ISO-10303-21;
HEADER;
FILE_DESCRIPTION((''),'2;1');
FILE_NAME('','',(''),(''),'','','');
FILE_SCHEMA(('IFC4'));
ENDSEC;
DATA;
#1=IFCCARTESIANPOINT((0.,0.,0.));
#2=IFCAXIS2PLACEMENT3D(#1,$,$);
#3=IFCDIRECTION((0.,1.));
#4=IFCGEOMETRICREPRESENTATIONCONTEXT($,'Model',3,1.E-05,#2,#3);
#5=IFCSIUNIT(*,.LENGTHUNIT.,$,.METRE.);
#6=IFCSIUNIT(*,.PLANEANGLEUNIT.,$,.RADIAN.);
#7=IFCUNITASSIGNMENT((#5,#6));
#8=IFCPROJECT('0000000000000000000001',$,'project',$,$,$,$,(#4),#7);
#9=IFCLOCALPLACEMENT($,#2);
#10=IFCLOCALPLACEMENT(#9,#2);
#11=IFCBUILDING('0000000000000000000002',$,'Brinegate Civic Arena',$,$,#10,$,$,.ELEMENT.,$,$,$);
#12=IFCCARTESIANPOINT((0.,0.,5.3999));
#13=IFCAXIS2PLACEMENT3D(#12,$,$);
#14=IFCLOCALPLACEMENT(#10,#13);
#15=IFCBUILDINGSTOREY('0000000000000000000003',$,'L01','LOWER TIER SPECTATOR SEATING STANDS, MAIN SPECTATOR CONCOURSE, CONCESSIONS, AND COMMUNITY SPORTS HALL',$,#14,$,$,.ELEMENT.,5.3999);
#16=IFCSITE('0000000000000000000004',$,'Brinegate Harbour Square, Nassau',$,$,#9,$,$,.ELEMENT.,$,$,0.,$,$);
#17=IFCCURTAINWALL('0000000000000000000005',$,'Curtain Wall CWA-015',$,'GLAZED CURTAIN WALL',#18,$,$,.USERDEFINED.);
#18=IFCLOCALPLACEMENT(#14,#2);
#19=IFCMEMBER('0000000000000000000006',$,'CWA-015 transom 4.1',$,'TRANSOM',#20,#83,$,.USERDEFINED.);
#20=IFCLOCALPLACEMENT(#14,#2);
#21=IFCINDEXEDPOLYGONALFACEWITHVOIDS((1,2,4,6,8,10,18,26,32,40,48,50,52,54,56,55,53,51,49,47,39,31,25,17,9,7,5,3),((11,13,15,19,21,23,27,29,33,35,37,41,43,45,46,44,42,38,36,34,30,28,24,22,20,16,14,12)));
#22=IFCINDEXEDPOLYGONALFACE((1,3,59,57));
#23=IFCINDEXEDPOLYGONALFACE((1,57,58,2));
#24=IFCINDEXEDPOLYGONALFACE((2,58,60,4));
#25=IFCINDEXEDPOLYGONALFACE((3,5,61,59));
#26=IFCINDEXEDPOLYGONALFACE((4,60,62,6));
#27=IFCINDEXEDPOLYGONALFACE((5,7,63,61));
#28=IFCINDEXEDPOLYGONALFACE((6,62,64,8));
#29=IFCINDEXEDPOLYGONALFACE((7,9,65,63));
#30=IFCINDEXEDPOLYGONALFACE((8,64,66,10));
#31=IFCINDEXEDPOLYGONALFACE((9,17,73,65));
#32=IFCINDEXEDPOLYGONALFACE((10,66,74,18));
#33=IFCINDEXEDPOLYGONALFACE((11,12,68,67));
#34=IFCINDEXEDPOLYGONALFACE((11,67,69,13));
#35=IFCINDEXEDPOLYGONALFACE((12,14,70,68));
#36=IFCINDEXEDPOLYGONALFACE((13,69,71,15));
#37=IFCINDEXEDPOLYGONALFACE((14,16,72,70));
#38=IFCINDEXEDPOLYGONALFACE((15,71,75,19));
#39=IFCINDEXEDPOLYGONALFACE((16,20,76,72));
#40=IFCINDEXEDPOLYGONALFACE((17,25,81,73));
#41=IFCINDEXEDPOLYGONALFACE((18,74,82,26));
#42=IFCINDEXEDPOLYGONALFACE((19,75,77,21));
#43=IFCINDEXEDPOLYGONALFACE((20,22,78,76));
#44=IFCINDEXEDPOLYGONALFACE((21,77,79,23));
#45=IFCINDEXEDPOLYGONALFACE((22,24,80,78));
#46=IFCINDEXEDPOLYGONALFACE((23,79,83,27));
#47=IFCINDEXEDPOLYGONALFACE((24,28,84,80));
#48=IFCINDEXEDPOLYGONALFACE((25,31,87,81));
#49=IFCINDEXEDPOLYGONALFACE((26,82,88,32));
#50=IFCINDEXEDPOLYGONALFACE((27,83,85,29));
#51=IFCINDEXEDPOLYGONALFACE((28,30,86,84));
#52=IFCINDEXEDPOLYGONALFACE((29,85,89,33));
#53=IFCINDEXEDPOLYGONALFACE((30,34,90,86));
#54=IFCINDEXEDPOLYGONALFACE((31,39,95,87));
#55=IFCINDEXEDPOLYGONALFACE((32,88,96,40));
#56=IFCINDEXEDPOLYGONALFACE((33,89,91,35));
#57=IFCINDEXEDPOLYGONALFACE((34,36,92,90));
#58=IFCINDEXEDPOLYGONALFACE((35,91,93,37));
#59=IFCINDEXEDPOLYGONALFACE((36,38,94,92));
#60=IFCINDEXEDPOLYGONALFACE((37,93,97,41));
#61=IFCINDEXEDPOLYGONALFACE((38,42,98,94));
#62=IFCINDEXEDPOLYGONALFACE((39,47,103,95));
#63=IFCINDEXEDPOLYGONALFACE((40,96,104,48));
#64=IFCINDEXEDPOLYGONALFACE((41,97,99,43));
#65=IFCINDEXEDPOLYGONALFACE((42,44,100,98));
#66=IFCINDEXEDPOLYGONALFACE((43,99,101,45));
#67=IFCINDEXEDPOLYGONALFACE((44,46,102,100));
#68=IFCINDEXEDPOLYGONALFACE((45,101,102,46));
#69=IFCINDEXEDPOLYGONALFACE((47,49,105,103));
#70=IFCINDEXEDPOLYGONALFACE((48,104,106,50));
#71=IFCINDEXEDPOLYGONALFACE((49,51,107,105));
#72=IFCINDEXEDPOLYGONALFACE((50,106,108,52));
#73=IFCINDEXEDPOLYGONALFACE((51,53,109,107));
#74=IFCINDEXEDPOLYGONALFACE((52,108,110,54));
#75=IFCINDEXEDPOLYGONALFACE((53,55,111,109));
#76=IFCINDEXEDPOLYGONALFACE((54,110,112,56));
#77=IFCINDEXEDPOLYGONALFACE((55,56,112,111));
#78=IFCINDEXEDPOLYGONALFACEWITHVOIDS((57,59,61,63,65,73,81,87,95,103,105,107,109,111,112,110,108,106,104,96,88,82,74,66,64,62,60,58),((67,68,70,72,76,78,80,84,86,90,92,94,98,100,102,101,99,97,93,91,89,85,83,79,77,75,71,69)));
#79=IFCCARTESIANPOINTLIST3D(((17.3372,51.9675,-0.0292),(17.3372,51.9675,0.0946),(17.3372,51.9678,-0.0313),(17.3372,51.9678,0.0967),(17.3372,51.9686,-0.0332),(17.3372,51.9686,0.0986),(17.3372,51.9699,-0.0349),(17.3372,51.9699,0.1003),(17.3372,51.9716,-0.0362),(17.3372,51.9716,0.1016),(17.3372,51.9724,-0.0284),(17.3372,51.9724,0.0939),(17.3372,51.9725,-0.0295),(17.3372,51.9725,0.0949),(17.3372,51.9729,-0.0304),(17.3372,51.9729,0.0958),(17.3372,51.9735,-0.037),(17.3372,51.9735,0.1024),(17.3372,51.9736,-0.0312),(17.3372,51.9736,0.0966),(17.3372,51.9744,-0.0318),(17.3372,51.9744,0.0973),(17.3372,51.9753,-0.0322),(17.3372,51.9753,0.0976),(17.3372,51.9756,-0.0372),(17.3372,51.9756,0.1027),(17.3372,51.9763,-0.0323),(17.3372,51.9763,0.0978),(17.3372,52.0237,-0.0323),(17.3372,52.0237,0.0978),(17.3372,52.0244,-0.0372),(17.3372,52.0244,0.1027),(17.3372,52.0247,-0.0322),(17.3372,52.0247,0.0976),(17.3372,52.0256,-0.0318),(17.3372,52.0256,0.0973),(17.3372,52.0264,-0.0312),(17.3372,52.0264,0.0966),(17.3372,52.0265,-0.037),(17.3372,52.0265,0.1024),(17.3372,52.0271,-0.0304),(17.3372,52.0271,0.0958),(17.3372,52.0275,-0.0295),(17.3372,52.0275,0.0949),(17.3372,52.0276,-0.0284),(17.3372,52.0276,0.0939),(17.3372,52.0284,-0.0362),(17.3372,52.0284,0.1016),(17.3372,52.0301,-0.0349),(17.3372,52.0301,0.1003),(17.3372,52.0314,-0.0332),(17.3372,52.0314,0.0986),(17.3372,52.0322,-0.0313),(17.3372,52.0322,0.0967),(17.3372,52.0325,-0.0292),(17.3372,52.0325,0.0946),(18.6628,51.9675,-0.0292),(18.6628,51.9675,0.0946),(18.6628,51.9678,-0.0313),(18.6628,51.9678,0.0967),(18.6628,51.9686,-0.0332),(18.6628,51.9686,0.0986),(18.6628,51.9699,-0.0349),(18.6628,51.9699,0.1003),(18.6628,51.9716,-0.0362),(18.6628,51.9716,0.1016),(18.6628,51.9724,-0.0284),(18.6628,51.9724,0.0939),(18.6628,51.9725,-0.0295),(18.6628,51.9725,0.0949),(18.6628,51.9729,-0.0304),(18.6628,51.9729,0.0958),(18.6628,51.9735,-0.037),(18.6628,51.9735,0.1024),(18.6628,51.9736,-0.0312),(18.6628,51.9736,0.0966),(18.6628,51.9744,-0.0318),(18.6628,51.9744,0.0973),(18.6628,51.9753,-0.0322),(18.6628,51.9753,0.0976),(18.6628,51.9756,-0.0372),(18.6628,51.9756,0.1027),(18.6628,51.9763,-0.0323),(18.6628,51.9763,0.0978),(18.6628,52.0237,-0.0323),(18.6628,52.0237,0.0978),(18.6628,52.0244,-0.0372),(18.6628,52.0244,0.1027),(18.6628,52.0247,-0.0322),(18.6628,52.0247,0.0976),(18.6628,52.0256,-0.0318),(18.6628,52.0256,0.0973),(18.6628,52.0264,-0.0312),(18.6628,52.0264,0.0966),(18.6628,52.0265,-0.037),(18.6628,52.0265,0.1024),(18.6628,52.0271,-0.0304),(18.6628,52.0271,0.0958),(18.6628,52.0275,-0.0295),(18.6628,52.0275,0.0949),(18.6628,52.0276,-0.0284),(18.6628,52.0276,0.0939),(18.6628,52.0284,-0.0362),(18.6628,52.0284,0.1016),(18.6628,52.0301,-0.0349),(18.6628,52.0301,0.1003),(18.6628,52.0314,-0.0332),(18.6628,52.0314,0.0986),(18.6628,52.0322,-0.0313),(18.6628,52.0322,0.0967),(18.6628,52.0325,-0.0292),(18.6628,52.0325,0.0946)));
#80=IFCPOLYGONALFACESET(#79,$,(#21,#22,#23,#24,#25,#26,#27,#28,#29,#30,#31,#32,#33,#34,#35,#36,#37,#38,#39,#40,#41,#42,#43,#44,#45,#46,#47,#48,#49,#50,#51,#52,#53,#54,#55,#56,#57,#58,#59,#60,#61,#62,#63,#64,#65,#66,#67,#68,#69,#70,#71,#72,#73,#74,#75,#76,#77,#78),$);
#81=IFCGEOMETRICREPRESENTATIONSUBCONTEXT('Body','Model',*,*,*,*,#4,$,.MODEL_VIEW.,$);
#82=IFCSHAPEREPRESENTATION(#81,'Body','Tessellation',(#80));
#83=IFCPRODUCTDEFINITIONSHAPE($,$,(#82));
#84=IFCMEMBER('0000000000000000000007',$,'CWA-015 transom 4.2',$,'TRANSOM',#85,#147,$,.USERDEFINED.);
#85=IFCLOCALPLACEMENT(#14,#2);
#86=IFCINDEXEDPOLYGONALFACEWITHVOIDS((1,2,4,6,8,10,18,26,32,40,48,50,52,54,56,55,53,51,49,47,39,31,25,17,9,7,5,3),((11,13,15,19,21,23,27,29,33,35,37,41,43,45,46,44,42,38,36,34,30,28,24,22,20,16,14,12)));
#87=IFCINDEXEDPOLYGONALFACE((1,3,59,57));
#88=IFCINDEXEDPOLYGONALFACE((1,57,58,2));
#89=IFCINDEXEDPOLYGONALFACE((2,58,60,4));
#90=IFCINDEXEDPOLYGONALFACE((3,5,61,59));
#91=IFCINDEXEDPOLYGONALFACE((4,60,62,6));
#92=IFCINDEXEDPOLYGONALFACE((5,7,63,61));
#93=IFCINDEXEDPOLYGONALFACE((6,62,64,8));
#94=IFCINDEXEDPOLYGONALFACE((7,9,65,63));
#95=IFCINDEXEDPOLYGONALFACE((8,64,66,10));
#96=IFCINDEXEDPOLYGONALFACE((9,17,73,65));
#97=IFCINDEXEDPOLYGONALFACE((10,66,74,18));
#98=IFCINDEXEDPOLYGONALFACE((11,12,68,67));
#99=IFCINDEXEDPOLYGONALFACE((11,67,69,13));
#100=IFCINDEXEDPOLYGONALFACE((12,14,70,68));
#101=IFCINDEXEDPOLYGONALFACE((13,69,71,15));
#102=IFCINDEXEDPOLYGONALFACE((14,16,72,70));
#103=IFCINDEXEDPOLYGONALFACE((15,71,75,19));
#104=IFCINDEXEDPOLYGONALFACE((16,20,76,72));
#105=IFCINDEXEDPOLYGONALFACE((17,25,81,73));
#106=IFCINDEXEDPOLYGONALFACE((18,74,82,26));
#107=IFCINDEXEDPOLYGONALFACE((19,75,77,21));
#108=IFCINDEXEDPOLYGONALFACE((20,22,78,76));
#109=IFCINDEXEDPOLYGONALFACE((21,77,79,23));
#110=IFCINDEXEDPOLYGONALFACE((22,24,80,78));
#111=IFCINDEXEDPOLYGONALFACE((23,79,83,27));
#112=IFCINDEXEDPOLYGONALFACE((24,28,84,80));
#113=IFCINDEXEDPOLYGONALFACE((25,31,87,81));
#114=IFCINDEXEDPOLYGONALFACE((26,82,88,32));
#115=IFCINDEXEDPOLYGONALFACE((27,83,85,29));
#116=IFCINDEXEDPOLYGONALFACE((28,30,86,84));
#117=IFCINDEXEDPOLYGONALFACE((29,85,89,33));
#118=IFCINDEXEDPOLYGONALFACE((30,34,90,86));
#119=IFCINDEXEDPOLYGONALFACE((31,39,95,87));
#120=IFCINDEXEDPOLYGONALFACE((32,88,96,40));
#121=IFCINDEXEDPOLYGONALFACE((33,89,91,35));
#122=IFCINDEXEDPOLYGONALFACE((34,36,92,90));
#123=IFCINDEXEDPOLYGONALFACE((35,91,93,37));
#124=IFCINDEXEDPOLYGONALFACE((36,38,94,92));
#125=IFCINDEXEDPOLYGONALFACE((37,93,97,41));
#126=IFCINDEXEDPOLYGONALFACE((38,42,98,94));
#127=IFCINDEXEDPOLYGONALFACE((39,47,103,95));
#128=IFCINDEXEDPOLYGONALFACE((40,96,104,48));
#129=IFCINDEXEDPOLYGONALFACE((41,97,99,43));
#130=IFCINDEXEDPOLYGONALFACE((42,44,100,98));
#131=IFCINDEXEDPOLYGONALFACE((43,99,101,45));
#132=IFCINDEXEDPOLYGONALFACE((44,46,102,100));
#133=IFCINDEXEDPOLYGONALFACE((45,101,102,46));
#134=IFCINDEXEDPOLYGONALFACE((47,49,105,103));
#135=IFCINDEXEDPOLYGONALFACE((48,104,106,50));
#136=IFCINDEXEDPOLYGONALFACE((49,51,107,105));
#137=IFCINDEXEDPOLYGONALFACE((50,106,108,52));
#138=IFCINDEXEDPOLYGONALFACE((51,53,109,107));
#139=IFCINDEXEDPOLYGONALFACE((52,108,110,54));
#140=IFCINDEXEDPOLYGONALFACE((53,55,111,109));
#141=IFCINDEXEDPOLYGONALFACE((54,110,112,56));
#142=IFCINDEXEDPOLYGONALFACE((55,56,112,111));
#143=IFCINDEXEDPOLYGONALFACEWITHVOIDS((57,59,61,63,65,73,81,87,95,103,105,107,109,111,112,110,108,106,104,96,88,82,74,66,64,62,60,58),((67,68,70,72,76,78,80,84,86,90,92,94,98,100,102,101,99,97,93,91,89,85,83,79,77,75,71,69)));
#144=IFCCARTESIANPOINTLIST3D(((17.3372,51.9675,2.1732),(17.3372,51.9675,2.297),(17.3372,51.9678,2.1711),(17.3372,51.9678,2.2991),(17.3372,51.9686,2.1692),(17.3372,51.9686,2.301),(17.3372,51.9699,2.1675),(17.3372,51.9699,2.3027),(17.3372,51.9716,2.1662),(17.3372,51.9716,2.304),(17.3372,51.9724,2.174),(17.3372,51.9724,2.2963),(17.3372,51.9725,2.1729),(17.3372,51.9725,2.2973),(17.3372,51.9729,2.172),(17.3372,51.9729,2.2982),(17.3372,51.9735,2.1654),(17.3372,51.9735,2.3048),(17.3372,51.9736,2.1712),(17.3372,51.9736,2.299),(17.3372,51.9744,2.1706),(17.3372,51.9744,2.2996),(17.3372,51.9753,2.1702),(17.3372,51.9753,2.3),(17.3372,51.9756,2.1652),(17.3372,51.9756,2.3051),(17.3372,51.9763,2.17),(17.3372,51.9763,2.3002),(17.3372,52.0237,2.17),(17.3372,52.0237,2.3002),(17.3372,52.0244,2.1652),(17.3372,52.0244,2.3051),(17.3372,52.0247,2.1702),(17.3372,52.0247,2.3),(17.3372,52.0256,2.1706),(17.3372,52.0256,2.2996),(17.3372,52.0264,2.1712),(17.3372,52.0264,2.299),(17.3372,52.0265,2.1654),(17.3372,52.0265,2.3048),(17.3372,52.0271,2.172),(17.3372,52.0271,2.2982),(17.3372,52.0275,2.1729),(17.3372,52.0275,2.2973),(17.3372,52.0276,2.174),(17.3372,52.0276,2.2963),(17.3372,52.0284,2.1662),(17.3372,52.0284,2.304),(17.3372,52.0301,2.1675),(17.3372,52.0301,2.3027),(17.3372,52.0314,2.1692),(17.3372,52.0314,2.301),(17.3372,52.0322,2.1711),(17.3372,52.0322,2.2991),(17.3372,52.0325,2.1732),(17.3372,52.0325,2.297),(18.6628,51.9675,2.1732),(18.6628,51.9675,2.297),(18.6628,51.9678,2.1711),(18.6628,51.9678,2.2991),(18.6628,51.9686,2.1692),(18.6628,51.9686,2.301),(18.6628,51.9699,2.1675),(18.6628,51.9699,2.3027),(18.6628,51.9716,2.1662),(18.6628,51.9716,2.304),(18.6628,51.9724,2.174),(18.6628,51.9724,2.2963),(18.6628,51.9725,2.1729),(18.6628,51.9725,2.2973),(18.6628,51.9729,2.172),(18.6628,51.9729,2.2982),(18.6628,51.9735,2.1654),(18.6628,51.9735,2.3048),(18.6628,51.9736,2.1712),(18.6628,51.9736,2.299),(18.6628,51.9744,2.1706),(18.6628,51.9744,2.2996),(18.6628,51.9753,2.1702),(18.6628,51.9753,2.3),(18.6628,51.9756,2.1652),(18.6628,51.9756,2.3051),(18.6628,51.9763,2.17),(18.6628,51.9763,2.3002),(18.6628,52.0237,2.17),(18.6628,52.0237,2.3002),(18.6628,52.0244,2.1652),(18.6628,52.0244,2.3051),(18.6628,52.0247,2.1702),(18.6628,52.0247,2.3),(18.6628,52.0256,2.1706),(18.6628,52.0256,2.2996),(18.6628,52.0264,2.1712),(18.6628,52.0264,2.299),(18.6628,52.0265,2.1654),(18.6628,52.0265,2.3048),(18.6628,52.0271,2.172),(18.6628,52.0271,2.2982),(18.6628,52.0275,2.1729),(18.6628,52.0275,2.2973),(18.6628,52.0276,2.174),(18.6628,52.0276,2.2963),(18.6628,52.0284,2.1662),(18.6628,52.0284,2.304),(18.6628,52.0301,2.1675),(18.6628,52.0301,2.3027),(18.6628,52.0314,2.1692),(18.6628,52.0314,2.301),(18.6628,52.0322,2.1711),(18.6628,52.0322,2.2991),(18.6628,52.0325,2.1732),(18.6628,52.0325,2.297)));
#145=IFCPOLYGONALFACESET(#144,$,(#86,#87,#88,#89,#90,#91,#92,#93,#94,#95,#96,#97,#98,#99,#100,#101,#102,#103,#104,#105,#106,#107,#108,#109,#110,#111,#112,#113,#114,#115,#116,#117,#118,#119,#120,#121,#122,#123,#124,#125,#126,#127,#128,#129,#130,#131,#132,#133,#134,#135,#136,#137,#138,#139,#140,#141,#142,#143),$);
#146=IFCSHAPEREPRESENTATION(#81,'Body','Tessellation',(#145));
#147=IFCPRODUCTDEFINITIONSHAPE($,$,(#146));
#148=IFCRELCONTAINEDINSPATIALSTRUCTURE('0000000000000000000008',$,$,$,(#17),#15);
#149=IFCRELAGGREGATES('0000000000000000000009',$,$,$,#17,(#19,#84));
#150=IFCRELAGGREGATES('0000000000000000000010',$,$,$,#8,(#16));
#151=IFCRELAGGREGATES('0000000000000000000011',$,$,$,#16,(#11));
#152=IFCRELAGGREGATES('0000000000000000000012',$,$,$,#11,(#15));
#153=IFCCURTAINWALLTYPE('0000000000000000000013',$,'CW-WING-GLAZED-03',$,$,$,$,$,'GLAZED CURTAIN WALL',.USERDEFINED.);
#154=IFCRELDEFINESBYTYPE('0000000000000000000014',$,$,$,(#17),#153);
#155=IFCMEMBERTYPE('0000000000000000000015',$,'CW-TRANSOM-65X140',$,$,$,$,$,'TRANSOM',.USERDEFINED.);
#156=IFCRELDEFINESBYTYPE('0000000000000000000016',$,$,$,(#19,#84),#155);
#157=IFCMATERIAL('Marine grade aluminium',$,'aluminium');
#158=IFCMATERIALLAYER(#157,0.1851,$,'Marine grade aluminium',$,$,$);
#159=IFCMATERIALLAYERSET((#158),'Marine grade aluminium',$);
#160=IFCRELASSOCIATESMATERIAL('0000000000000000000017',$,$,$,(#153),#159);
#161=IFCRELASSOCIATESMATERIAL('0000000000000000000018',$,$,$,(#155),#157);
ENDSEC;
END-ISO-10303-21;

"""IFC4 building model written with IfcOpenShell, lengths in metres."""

from ifc_helpers import new_model, si_unit, direction, frame, origin, origin_2d, place, context, subcontext, project, spatial, hollow_rectangle, extrude, material, layer, layer_set, material_profile, profile_set, type_object, element, aggregate, save


model = new_model("IFC4")

# Units and contexts
model_context = context("Model", 3, precision=1e-05, world=origin(), true_north=direction((0.0, 1.0)))
body_context = subcontext(model_context, "Body", "Model", "MODEL_VIEW")
ifc_project = project(units=[si_unit("LENGTHUNIT", "METRE"), si_unit("PLANEANGLEUNIT", "RADIAN")], contexts=[model_context])

# Site, building, storey
site_placement = place(None, origin())
site = spatial("IfcSite", under=ifc_project, at=site_placement, Name="Brinegate Harbour Square, Nassau", CompositionType="ELEMENT", RefElevation=0.0)
building_placement = place(site_placement, origin())
building = spatial("IfcBuilding", under=site, at=building_placement, Name="Brinegate Civic Arena", CompositionType="ELEMENT")
storey_placement = place(building_placement, frame((0.0, 0.0, 5.3999)))
storey = spatial("IfcBuildingStorey", under=building, at=storey_placement, Name="L01", Description="LOWER TIER SPECTATOR SEATING STANDS, MAIN SPECTATOR CONCOURSE, CONCESSIONS, AND COMMUNITY SPORTS HALL", CompositionType="ELEMENT", Elevation=5.3999)

# Curtain wall, members
ifc_material_1 = material(Name="Marine grade aluminium", Category="aluminium")
ifc_layer_1 = layer(ifc_material_1, 0.1851, Name="Marine grade aluminium")
ifc_layer_set_1 = layer_set([ifc_layer_1], Name="Marine grade aluminium")
curtain_wall_type = type_object("IfcCurtainWallType", Name="CW-WING-GLAZED-03", ElementType="GLAZED CURTAIN WALL", PredefinedType="USERDEFINED", material=ifc_layer_set_1)
curtain_wall_placement = place(storey_placement, origin())
curtain_wall = element("IfcCurtainWall", 1, at=curtain_wall_placement, inside=storey, type_object=curtain_wall_type, Name="Curtain Wall CWA-015", ObjectType="GLAZED CURTAIN WALL", PredefinedType="USERDEFINED")
ifc_material_profile_1 = material_profile(ifc_material_1, hollow_rectangle(XDim=0.0649, YDim=0.1399, WallThickness=0.0049, InnerFilletRadius=0.0039, OuterFilletRadius=0.0081, at=origin_2d()), Name="TRN65X140")
ifc_profile_set_1 = profile_set([ifc_material_profile_1], Name="Marine grade aluminium")
member_type_1 = type_object("IfcMemberType", Name="CW-TRANSOM-65X140", ElementType="TRANSOM", PredefinedType="USERDEFINED", material=ifc_profile_set_1)
member_1_placement = place(storey_placement, frame((17.3372, 52.0, 0.0327), z_axis=(1.0, 0.0, 0.0), x_axis=(0.0, 1.0, 0.0)))
member_1 = element("IfcMember", 2, at=member_1_placement, type_object=member_type_1, Name="CWA-015 transom 4.1", ObjectType="TRANSOM", PredefinedType="USERDEFINED", context=body_context, shape_type="SweptSolid", body=[
    extrude(hollow_rectangle(XDim=0.0649, YDim=0.1399, WallThickness=0.0049, InnerFilletRadius=0.0039, OuterFilletRadius=0.0081, at=origin_2d()), origin(), (0.0, 0.0, 1.0), 1.3257),
])
member_2_placement = place(storey_placement, frame((17.3372, 52.0, 2.2351), z_axis=(1.0, 0.0, 0.0), x_axis=(0.0, 1.0, 0.0)))
member_2 = element("IfcMember", 3, at=member_2_placement, type_object=member_type_1, Name="CWA-015 transom 4.2", ObjectType="TRANSOM", PredefinedType="USERDEFINED", context=body_context, shape_type="SweptSolid", body=[
    extrude(hollow_rectangle(XDim=0.0649, YDim=0.1399, WallThickness=0.0049, InnerFilletRadius=0.0039, OuterFilletRadius=0.0081, at=origin_2d()), origin(), (0.0, 0.0, 1.0), 1.3257),
])
aggregate(curtain_wall, [member_1, member_2])

save(model, "model.ifc")
